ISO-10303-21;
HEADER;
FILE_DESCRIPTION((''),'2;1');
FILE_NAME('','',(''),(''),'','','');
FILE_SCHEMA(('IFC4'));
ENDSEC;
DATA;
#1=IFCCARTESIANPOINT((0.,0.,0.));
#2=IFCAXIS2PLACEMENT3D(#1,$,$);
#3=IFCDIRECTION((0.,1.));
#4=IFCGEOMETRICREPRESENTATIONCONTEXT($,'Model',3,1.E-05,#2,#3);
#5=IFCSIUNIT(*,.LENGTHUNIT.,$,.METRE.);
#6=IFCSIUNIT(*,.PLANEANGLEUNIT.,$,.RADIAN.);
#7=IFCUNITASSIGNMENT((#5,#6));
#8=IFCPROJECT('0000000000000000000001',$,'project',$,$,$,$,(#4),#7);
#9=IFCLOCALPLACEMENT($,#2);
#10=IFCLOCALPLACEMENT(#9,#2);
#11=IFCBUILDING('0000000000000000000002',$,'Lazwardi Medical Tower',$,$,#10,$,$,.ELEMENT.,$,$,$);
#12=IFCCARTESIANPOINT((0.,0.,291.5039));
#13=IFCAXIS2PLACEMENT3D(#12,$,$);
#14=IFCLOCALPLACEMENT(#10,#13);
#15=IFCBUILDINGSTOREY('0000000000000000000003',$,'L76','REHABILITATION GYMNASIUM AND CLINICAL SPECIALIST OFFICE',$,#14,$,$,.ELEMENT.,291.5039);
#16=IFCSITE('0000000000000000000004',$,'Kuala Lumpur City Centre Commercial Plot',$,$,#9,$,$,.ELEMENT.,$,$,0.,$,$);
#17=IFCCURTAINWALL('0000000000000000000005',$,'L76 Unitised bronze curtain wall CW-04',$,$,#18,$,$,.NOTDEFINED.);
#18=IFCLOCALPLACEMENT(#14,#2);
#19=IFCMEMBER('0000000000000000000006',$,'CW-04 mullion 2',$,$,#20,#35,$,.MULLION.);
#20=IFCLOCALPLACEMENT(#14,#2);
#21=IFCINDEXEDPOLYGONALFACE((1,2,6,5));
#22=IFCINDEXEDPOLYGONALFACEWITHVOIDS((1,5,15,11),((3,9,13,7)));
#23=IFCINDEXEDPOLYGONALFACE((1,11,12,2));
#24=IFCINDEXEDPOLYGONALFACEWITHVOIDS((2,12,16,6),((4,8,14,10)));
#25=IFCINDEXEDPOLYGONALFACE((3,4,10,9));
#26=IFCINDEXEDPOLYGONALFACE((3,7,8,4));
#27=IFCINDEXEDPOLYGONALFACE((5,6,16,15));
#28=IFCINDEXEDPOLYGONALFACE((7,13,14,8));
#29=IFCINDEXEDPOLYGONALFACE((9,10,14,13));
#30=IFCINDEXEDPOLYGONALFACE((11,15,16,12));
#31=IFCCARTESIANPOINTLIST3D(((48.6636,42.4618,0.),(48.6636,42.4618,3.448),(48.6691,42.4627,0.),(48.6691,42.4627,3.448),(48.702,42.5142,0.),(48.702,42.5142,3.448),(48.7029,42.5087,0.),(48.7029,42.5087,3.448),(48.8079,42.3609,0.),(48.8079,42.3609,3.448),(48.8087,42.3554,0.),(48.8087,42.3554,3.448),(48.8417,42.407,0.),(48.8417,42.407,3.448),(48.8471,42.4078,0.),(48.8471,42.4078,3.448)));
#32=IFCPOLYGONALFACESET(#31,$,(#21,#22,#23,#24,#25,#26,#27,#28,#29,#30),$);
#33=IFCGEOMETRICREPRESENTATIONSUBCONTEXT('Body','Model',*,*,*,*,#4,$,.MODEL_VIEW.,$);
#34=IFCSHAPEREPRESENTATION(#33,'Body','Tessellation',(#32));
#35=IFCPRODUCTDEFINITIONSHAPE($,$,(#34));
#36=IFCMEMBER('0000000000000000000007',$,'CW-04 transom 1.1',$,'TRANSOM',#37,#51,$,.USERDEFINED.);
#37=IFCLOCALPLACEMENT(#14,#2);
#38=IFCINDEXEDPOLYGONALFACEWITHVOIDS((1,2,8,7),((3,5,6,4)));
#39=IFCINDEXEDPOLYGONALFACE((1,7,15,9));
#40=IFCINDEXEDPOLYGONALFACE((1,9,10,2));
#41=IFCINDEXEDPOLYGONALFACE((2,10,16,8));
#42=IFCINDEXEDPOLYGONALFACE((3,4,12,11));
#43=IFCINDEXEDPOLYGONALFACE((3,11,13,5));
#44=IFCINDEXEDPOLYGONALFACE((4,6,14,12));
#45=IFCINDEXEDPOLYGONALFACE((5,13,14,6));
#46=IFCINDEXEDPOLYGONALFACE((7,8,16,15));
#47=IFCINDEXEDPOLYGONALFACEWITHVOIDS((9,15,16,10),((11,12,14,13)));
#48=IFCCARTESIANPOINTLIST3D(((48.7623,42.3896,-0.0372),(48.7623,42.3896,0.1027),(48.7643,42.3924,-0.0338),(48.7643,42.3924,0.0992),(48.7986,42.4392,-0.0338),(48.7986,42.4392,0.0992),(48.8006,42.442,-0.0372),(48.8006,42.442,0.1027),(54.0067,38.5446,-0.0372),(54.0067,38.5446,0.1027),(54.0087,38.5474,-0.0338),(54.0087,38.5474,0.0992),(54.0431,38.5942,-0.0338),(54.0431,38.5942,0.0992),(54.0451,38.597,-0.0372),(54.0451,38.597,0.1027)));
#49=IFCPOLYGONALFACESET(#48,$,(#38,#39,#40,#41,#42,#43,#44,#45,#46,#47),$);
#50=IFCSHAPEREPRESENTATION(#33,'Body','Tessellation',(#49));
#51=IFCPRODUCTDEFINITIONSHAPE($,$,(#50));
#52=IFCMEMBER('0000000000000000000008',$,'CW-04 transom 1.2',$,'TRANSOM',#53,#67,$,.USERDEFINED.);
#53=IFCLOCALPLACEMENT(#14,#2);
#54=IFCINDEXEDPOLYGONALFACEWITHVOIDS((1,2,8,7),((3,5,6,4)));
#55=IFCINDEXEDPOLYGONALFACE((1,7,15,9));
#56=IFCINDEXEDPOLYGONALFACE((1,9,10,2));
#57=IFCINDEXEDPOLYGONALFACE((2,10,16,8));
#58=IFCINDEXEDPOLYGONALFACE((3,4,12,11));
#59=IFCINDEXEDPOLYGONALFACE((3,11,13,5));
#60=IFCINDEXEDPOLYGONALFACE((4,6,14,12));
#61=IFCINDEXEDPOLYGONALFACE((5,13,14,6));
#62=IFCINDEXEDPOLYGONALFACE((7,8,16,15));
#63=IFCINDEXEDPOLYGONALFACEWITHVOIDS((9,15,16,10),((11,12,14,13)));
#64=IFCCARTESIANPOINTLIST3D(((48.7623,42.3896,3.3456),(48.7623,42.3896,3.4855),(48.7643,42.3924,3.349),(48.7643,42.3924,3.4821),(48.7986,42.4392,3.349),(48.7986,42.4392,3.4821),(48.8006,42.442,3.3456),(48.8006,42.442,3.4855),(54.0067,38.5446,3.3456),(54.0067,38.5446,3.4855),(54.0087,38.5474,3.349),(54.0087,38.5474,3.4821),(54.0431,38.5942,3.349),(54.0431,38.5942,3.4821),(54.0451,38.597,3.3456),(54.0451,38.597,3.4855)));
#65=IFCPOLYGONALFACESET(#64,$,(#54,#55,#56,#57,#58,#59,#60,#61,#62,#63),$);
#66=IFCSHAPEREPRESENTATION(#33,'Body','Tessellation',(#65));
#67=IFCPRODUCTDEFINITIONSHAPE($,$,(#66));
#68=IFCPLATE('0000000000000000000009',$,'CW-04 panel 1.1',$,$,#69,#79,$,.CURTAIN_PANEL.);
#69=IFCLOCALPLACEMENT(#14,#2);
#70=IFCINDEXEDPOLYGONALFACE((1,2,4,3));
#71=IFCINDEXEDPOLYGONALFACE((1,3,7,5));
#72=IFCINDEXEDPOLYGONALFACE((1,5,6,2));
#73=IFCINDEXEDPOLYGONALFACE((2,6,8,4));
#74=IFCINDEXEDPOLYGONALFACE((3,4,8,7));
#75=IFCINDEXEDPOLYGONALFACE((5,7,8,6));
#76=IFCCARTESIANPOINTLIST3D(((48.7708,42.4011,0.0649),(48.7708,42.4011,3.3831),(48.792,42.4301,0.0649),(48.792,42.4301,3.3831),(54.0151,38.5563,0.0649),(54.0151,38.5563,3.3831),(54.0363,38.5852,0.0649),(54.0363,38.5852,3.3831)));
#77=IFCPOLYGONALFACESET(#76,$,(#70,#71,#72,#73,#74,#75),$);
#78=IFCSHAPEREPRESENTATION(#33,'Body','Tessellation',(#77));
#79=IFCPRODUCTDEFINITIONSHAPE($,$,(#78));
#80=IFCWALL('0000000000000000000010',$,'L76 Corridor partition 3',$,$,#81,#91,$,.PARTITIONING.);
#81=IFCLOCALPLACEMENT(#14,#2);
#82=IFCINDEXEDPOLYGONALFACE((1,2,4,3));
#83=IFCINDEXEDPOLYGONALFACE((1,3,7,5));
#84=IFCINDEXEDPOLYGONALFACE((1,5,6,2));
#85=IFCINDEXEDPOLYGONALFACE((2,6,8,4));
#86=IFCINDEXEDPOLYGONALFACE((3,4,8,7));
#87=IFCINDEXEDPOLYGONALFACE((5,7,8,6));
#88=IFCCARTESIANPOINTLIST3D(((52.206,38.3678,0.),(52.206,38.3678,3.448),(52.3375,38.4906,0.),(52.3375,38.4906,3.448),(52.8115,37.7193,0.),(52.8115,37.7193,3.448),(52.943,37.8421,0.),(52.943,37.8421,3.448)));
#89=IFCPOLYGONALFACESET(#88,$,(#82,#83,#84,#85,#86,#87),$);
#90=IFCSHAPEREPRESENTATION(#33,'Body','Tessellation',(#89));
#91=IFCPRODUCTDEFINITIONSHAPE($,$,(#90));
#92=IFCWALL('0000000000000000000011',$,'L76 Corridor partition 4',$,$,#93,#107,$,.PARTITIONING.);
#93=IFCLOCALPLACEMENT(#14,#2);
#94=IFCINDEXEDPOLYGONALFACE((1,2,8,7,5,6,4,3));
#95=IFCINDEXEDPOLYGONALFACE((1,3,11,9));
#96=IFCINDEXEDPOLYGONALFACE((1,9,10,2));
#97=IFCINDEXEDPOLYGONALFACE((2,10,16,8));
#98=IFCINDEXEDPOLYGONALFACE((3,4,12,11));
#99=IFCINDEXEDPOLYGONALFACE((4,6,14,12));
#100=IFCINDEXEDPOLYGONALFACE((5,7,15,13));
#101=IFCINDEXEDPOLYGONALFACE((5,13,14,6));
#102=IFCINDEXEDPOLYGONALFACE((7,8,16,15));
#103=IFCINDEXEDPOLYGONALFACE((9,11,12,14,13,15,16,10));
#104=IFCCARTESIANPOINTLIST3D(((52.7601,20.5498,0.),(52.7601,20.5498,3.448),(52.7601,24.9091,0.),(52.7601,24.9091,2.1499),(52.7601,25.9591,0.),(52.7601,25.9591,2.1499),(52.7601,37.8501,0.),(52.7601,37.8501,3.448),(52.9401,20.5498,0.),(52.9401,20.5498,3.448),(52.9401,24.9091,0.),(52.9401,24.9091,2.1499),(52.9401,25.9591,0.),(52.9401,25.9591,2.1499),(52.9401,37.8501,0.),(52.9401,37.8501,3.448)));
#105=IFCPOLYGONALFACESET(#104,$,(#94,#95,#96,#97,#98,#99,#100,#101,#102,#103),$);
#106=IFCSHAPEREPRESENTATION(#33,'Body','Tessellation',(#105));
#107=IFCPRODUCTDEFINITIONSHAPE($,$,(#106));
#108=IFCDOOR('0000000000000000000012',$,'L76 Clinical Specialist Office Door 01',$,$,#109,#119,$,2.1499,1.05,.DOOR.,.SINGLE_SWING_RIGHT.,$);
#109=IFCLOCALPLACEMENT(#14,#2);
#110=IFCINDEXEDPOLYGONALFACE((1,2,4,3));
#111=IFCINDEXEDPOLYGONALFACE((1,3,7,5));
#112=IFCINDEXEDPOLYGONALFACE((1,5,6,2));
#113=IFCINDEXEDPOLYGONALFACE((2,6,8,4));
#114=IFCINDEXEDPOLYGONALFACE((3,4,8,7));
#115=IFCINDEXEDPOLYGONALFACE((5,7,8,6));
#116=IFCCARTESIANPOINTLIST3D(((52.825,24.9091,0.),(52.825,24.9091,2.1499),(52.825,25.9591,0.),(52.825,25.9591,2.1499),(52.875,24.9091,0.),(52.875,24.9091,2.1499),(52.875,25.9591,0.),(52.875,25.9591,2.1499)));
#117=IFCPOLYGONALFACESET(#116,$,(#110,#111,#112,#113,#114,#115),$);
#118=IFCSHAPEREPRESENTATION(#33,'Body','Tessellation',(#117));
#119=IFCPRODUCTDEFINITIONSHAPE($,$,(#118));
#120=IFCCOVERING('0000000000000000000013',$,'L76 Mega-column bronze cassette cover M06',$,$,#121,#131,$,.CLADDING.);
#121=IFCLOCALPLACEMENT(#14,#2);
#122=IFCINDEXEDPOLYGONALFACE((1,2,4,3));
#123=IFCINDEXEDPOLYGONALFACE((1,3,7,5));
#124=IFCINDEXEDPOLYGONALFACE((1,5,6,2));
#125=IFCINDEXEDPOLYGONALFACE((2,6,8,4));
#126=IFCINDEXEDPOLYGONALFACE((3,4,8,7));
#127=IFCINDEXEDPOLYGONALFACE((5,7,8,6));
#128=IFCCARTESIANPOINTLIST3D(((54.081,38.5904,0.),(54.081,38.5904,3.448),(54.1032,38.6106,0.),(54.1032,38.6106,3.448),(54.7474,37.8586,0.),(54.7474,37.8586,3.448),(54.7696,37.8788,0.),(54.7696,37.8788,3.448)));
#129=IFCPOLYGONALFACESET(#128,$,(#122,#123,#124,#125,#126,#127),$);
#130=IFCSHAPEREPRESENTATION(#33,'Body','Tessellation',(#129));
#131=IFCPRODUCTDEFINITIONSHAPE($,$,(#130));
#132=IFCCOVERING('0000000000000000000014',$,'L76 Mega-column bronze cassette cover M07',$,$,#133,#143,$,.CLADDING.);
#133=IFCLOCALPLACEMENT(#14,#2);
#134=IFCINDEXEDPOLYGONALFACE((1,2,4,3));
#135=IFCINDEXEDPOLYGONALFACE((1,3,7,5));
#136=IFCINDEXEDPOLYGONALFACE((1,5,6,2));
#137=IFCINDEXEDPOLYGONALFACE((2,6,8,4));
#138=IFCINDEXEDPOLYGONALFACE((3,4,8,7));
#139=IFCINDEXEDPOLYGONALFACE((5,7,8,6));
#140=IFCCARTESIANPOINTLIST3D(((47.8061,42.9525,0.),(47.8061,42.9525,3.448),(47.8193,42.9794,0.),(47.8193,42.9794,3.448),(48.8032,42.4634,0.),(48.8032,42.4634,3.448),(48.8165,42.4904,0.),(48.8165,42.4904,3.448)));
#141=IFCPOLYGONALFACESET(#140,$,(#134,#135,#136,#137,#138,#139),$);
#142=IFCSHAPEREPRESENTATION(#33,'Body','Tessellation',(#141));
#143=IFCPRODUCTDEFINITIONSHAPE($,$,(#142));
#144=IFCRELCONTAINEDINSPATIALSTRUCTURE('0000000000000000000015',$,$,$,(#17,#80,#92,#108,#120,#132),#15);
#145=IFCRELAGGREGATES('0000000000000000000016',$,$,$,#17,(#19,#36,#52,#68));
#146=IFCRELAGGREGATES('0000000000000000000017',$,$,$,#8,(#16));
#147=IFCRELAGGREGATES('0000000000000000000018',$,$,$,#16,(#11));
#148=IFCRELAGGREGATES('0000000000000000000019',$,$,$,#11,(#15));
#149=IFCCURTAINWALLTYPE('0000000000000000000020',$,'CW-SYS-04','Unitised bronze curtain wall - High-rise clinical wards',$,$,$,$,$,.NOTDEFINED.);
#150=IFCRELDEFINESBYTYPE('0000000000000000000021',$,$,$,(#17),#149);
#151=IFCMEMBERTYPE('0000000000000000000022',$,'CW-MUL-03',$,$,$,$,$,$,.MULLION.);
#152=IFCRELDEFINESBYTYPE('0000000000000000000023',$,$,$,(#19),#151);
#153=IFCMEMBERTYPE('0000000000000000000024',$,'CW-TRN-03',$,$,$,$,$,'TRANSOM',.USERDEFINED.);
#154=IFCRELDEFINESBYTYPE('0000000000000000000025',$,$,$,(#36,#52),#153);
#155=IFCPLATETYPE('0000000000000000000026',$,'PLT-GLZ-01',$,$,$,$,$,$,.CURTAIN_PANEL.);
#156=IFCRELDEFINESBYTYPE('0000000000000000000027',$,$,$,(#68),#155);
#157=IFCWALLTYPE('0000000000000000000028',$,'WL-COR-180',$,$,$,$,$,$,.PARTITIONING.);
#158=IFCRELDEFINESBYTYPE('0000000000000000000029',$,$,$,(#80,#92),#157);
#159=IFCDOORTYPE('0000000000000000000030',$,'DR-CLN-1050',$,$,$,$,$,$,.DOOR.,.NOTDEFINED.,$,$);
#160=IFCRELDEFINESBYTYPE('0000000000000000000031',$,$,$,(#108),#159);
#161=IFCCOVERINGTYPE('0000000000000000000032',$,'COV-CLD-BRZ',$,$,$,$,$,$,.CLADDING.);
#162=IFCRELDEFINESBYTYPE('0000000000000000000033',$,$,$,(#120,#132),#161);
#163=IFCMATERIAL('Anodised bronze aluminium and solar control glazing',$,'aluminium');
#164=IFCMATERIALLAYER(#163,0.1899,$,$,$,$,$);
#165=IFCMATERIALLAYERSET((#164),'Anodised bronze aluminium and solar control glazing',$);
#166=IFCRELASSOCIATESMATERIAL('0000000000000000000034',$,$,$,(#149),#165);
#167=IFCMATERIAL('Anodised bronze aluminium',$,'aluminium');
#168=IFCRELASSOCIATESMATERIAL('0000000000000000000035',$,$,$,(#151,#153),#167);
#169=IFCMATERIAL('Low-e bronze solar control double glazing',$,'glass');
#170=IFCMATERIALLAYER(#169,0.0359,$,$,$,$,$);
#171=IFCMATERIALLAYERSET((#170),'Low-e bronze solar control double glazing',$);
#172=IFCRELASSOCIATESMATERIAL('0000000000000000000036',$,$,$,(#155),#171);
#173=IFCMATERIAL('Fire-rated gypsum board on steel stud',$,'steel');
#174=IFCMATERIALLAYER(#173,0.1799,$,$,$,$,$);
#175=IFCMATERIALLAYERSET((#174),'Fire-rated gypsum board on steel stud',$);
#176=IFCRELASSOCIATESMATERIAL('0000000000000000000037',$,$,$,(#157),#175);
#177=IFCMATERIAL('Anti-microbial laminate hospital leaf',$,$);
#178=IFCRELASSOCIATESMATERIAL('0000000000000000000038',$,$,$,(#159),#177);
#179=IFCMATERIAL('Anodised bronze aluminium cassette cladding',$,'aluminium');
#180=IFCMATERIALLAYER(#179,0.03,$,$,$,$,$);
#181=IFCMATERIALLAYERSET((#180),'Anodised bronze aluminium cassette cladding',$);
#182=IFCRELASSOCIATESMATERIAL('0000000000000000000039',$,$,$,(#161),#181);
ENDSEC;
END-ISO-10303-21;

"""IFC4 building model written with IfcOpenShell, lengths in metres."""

from ifc_helpers import new_model, si_unit, direction, frame, frame_2d, origin, origin_2d, place, context, subcontext, project, spatial, rectangle, hollow_rectangle, extrude, material, layer, layer_set, material_profile, profile_set, type_object, element, fill, aggregate, save


model = new_model("IFC4")

# Units and contexts
model_context = context("Model", 3, precision=1e-05, world=origin(), true_north=direction((0.0, 1.0)))
body_context = subcontext(model_context, "Body", "Model", "MODEL_VIEW")
ifc_project = project(units=[si_unit("LENGTHUNIT", "METRE"), si_unit("PLANEANGLEUNIT", "RADIAN")], contexts=[model_context])

# Site, building, storey
site_placement = place(None, origin())
site = spatial("IfcSite", under=ifc_project, at=site_placement, Name="Kuala Lumpur City Centre Commercial Plot", CompositionType="ELEMENT", RefElevation=0.0)
building_placement = place(site_placement, origin())
building = spatial("IfcBuilding", under=site, at=building_placement, Name="Lazwardi Medical Tower", CompositionType="ELEMENT")
storey_placement = place(building_placement, frame((0.0, 0.0, 291.5039)))
storey = spatial("IfcBuildingStorey", under=building, at=storey_placement, Name="L76", Description="REHABILITATION GYMNASIUM AND CLINICAL SPECIALIST OFFICE", CompositionType="ELEMENT", Elevation=291.5039)

# Shared definitions
ifc_material_1 = material(Name="Anodised bronze aluminium and solar control glazing", Category="aluminium")
ifc_layer_1 = layer(ifc_material_1, 0.1899)
ifc_layer_set_1 = layer_set([ifc_layer_1], Name="Anodised bronze aluminium and solar control glazing")
curtain_wall_type = type_object("IfcCurtainWallType", Name="CW-SYS-04", Description="Unitised bronze curtain wall - High-rise clinical wards", PredefinedType="NOTDEFINED", material=ifc_layer_set_1)
ifc_material_2 = material(Name="Anodised bronze aluminium", Category="aluminium")
ifc_material_profile_1 = material_profile(ifc_material_2, hollow_rectangle(XDim=0.0649, YDim=0.1799, WallThickness=0.0039, at=origin_2d()), Name="ALU-MULLION 180x65x4")
ifc_profile_set_1 = profile_set([ifc_material_profile_1], Name="Anodised bronze aluminium")
member_type_1 = type_object("IfcMemberType", Name="CW-MUL-03", PredefinedType="MULLION", material=ifc_profile_set_1)

# Curtain wall, members, plate
curtain_wall_1_placement = place(storey_placement, origin())
curtain_wall_1 = element("IfcCurtainWall", 1, at=curtain_wall_1_placement, inside=storey, type_object=curtain_wall_type, Name="L76 Unitised bronze curtain wall CW-04", PredefinedType="NOTDEFINED")
member_1_placement = place(storey_placement, frame((48.7554, 42.4348, 0.0), z_axis=(0.0, 0.0, 1.0), x_axis=(-0.591268, -0.806475, 0.0)))
member_1 = element("IfcMember", 2, at=member_1_placement, type_object=member_type_1, Name="CW-04 mullion 2", PredefinedType="MULLION", context=body_context, shape_type="SweptSolid", body=[
    extrude(hollow_rectangle(XDim=0.0649, YDim=0.1799, WallThickness=0.0039, at=origin_2d()), origin(), (0.0, 0.0, 1.0), 3.448),
])
ifc_material_profile_2 = material_profile(ifc_material_2, hollow_rectangle(XDim=0.0649, YDim=0.1399, WallThickness=0.0034, at=origin_2d()), Name="ALU-TRANSOM 140x65x3.5")
ifc_profile_set_2 = profile_set([ifc_material_profile_2], Name="Anodised bronze aluminium")
member_type_2 = type_object("IfcMemberType", Name="CW-TRN-03", ElementType="TRANSOM", PredefinedType="USERDEFINED", material=ifc_profile_set_2)
member_2_placement = place(storey_placement, frame((54.0259, 38.5708, 0.0327), z_axis=(-0.806472, 0.591273, 0.0), x_axis=(-0.591273, -0.806472, 0.0)))
member_2 = element("IfcMember", 3, at=member_2_placement, type_object=member_type_2, Name="CW-04 transom 1.1", ObjectType="TRANSOM", PredefinedType="USERDEFINED", context=body_context, shape_type="SweptSolid", body=[
    extrude(hollow_rectangle(XDim=0.0649, YDim=0.1399, WallThickness=0.0034, at=origin_2d()), origin(), (0.0, 0.0, 1.0), 6.5029),
])
member_3_placement = place(storey_placement, frame((54.0259, 38.5708, 3.4155), z_axis=(-0.806472, 0.591273, 0.0), x_axis=(-0.591273, -0.806472, 0.0)))
member_3 = element("IfcMember", 4, at=member_3_placement, type_object=member_type_2, Name="CW-04 transom 1.2", ObjectType="TRANSOM", PredefinedType="USERDEFINED", context=body_context, shape_type="SweptSolid", body=[
    extrude(hollow_rectangle(XDim=0.0649, YDim=0.1399, WallThickness=0.0034, at=origin_2d()), origin(), (0.0, 0.0, 1.0), 6.5029),
])
ifc_material_3 = material(Name="Low-e bronze solar control double glazing", Category="glass")
ifc_layer_2 = layer(ifc_material_3, 0.0359)
ifc_layer_set_2 = layer_set([ifc_layer_2], Name="Low-e bronze solar control double glazing")
plate_type = type_object("IfcPlateType", Name="PLT-GLZ-01", PredefinedType="CURTAIN_PANEL", material=ifc_layer_set_2)
plate_placement = place(storey_placement, frame((51.4036, 40.4932, 0.0649), z_axis=(0.0, 0.0, 1.0), x_axis=(-0.806475, 0.591268, 0.0)))
plate = element("IfcPlate", 5, at=plate_placement, type_object=plate_type, Name="CW-04 panel 1.1", PredefinedType="CURTAIN_PANEL", context=body_context, shape_type="SweptSolid", body=[
    extrude(rectangle(XDim=6.5027, YDim=0.0359, at=origin_2d()), origin(), (0.0, 0.0, 1.0), 3.3181),
])
aggregate(curtain_wall_1, [member_1, member_2, member_3, plate])

# Wall
ifc_material_4 = material(Name="Fire-rated gypsum board on steel stud", Category="steel")
ifc_layer_3 = layer(ifc_material_4, 0.1799)
ifc_layer_set_3 = layer_set([ifc_layer_3], Name="Fire-rated gypsum board on steel stud")
wall_type = type_object("IfcWallType", Name="WL-COR-180", PredefinedType="PARTITIONING", material=ifc_layer_set_3)
wall_1_placement = place(storey_placement, frame((52.2717, 38.4292, 0.0), z_axis=(0.0, 0.0, 1.0), x_axis=(0.682475, -0.730909, 0.0)))
element("IfcWall", 6, at=wall_1_placement, inside=storey, type_object=wall_type, Name="L76 Corridor partition 3", PredefinedType="PARTITIONING", context=body_context, shape_type="SweptSolid", body=[
    extrude(rectangle(XDim=0.8872, YDim=0.1799, at=frame_2d((0.4436, 0.0))), origin(), (0.0, 0.0, 1.0), 3.448),
])

# Wall, opening, door
wall_2_placement = place(storey_placement, frame((52.8501, 37.8501, 0.0), z_axis=(0.0, 0.0, 1.0), x_axis=(0.0, -1.0, 0.0)))
wall_2 = element("IfcWall", 7, at=wall_2_placement, inside=storey, type_object=wall_type, Name="L76 Corridor partition 4", PredefinedType="PARTITIONING", context=body_context, shape_type="SweptSolid", body=[
    extrude(rectangle(XDim=17.3003, YDim=0.1799, at=frame_2d((8.6501, 0.0))), origin(), (0.0, 0.0, 1.0), 3.448),
])
opening_placement = place(wall_2_placement, frame((11.8911, 0.0, 0.0)))
opening = element("IfcOpeningElement", 8, at=opening_placement, cuts=wall_2, PredefinedType="OPENING", context=body_context, shape_type="SweptSolid", body=[
    extrude(rectangle(XDim=1.05, YDim=2.1499, at=frame_2d((0.5249, 1.075))), frame((0.0, 0.0999, 0.0), z_axis=(0.0, -1.0, 0.0), x_axis=(1.0, 0.0, 0.0)), (0.0, 0.0, 1.0), 0.2),
])
ifc_material_5 = material(Name="Anti-microbial laminate hospital leaf")
door_type = type_object("IfcDoorType", Name="DR-CLN-1050", OperationType="NOTDEFINED", PredefinedType="DOOR", material=ifc_material_5)
door_placement = place(opening_placement, origin())
door = element("IfcDoor", 9, at=door_placement, inside=storey, type_object=door_type, Name="L76 Clinical Specialist Office Door 01", OperationType="SINGLE_SWING_RIGHT", OverallHeight=2.1499, OverallWidth=1.05, PredefinedType="DOOR", context=body_context, shape_type="SweptSolid", body=[
    extrude(rectangle(XDim=1.05, YDim=2.1499, at=frame_2d((0.5249, 1.075))), frame((0.0, 0.0249, 0.0), z_axis=(0.0, -1.0, 0.0), x_axis=(1.0, 0.0, 0.0)), (0.0, 0.0, 1.0), 0.05),
])
fill(opening, door)

# Coverings
ifc_material_6 = material(Name="Anodised bronze aluminium cassette cladding", Category="aluminium")
ifc_layer_4 = layer(ifc_material_6, 0.03)
ifc_layer_set_4 = layer_set([ifc_layer_4], Name="Anodised bronze aluminium cassette cladding")
covering_type = type_object("IfcCoveringType", Name="COV-CLD-BRZ", PredefinedType="CLADDING", material=ifc_layer_set_4)
covering_1_placement = place(storey_placement, frame((54.4253, 38.2346, 0.0), z_axis=(0.0, 0.0, 1.0), x_axis=(-0.673241, 0.739423, 0.0)))
element("IfcCovering", 10, at=covering_1_placement, inside=storey, type_object=covering_type, Name="L76 Mega-column bronze cassette cover M06", PredefinedType="CLADDING", context=body_context, shape_type="SweptSolid", body=[
    extrude(rectangle(XDim=0.9897, YDim=0.03, at=origin_2d()), origin(), (0.0, 0.0, 1.0), 3.448),
])
covering_2_placement = place(storey_placement, frame((48.3113, 42.7214, 0.0), z_axis=(0.0, 0.0, 1.0), x_axis=(-0.89784, 0.440322, 0.0)))
element("IfcCovering", 11, at=covering_2_placement, inside=storey, type_object=covering_type, Name="L76 Mega-column bronze cassette cover M07", PredefinedType="CLADDING", context=body_context, shape_type="SweptSolid", body=[
    extrude(rectangle(XDim=1.1106, YDim=0.03, at=origin_2d()), origin(), (0.0, 0.0, 1.0), 3.448),
])

save(model, "model.ifc")
